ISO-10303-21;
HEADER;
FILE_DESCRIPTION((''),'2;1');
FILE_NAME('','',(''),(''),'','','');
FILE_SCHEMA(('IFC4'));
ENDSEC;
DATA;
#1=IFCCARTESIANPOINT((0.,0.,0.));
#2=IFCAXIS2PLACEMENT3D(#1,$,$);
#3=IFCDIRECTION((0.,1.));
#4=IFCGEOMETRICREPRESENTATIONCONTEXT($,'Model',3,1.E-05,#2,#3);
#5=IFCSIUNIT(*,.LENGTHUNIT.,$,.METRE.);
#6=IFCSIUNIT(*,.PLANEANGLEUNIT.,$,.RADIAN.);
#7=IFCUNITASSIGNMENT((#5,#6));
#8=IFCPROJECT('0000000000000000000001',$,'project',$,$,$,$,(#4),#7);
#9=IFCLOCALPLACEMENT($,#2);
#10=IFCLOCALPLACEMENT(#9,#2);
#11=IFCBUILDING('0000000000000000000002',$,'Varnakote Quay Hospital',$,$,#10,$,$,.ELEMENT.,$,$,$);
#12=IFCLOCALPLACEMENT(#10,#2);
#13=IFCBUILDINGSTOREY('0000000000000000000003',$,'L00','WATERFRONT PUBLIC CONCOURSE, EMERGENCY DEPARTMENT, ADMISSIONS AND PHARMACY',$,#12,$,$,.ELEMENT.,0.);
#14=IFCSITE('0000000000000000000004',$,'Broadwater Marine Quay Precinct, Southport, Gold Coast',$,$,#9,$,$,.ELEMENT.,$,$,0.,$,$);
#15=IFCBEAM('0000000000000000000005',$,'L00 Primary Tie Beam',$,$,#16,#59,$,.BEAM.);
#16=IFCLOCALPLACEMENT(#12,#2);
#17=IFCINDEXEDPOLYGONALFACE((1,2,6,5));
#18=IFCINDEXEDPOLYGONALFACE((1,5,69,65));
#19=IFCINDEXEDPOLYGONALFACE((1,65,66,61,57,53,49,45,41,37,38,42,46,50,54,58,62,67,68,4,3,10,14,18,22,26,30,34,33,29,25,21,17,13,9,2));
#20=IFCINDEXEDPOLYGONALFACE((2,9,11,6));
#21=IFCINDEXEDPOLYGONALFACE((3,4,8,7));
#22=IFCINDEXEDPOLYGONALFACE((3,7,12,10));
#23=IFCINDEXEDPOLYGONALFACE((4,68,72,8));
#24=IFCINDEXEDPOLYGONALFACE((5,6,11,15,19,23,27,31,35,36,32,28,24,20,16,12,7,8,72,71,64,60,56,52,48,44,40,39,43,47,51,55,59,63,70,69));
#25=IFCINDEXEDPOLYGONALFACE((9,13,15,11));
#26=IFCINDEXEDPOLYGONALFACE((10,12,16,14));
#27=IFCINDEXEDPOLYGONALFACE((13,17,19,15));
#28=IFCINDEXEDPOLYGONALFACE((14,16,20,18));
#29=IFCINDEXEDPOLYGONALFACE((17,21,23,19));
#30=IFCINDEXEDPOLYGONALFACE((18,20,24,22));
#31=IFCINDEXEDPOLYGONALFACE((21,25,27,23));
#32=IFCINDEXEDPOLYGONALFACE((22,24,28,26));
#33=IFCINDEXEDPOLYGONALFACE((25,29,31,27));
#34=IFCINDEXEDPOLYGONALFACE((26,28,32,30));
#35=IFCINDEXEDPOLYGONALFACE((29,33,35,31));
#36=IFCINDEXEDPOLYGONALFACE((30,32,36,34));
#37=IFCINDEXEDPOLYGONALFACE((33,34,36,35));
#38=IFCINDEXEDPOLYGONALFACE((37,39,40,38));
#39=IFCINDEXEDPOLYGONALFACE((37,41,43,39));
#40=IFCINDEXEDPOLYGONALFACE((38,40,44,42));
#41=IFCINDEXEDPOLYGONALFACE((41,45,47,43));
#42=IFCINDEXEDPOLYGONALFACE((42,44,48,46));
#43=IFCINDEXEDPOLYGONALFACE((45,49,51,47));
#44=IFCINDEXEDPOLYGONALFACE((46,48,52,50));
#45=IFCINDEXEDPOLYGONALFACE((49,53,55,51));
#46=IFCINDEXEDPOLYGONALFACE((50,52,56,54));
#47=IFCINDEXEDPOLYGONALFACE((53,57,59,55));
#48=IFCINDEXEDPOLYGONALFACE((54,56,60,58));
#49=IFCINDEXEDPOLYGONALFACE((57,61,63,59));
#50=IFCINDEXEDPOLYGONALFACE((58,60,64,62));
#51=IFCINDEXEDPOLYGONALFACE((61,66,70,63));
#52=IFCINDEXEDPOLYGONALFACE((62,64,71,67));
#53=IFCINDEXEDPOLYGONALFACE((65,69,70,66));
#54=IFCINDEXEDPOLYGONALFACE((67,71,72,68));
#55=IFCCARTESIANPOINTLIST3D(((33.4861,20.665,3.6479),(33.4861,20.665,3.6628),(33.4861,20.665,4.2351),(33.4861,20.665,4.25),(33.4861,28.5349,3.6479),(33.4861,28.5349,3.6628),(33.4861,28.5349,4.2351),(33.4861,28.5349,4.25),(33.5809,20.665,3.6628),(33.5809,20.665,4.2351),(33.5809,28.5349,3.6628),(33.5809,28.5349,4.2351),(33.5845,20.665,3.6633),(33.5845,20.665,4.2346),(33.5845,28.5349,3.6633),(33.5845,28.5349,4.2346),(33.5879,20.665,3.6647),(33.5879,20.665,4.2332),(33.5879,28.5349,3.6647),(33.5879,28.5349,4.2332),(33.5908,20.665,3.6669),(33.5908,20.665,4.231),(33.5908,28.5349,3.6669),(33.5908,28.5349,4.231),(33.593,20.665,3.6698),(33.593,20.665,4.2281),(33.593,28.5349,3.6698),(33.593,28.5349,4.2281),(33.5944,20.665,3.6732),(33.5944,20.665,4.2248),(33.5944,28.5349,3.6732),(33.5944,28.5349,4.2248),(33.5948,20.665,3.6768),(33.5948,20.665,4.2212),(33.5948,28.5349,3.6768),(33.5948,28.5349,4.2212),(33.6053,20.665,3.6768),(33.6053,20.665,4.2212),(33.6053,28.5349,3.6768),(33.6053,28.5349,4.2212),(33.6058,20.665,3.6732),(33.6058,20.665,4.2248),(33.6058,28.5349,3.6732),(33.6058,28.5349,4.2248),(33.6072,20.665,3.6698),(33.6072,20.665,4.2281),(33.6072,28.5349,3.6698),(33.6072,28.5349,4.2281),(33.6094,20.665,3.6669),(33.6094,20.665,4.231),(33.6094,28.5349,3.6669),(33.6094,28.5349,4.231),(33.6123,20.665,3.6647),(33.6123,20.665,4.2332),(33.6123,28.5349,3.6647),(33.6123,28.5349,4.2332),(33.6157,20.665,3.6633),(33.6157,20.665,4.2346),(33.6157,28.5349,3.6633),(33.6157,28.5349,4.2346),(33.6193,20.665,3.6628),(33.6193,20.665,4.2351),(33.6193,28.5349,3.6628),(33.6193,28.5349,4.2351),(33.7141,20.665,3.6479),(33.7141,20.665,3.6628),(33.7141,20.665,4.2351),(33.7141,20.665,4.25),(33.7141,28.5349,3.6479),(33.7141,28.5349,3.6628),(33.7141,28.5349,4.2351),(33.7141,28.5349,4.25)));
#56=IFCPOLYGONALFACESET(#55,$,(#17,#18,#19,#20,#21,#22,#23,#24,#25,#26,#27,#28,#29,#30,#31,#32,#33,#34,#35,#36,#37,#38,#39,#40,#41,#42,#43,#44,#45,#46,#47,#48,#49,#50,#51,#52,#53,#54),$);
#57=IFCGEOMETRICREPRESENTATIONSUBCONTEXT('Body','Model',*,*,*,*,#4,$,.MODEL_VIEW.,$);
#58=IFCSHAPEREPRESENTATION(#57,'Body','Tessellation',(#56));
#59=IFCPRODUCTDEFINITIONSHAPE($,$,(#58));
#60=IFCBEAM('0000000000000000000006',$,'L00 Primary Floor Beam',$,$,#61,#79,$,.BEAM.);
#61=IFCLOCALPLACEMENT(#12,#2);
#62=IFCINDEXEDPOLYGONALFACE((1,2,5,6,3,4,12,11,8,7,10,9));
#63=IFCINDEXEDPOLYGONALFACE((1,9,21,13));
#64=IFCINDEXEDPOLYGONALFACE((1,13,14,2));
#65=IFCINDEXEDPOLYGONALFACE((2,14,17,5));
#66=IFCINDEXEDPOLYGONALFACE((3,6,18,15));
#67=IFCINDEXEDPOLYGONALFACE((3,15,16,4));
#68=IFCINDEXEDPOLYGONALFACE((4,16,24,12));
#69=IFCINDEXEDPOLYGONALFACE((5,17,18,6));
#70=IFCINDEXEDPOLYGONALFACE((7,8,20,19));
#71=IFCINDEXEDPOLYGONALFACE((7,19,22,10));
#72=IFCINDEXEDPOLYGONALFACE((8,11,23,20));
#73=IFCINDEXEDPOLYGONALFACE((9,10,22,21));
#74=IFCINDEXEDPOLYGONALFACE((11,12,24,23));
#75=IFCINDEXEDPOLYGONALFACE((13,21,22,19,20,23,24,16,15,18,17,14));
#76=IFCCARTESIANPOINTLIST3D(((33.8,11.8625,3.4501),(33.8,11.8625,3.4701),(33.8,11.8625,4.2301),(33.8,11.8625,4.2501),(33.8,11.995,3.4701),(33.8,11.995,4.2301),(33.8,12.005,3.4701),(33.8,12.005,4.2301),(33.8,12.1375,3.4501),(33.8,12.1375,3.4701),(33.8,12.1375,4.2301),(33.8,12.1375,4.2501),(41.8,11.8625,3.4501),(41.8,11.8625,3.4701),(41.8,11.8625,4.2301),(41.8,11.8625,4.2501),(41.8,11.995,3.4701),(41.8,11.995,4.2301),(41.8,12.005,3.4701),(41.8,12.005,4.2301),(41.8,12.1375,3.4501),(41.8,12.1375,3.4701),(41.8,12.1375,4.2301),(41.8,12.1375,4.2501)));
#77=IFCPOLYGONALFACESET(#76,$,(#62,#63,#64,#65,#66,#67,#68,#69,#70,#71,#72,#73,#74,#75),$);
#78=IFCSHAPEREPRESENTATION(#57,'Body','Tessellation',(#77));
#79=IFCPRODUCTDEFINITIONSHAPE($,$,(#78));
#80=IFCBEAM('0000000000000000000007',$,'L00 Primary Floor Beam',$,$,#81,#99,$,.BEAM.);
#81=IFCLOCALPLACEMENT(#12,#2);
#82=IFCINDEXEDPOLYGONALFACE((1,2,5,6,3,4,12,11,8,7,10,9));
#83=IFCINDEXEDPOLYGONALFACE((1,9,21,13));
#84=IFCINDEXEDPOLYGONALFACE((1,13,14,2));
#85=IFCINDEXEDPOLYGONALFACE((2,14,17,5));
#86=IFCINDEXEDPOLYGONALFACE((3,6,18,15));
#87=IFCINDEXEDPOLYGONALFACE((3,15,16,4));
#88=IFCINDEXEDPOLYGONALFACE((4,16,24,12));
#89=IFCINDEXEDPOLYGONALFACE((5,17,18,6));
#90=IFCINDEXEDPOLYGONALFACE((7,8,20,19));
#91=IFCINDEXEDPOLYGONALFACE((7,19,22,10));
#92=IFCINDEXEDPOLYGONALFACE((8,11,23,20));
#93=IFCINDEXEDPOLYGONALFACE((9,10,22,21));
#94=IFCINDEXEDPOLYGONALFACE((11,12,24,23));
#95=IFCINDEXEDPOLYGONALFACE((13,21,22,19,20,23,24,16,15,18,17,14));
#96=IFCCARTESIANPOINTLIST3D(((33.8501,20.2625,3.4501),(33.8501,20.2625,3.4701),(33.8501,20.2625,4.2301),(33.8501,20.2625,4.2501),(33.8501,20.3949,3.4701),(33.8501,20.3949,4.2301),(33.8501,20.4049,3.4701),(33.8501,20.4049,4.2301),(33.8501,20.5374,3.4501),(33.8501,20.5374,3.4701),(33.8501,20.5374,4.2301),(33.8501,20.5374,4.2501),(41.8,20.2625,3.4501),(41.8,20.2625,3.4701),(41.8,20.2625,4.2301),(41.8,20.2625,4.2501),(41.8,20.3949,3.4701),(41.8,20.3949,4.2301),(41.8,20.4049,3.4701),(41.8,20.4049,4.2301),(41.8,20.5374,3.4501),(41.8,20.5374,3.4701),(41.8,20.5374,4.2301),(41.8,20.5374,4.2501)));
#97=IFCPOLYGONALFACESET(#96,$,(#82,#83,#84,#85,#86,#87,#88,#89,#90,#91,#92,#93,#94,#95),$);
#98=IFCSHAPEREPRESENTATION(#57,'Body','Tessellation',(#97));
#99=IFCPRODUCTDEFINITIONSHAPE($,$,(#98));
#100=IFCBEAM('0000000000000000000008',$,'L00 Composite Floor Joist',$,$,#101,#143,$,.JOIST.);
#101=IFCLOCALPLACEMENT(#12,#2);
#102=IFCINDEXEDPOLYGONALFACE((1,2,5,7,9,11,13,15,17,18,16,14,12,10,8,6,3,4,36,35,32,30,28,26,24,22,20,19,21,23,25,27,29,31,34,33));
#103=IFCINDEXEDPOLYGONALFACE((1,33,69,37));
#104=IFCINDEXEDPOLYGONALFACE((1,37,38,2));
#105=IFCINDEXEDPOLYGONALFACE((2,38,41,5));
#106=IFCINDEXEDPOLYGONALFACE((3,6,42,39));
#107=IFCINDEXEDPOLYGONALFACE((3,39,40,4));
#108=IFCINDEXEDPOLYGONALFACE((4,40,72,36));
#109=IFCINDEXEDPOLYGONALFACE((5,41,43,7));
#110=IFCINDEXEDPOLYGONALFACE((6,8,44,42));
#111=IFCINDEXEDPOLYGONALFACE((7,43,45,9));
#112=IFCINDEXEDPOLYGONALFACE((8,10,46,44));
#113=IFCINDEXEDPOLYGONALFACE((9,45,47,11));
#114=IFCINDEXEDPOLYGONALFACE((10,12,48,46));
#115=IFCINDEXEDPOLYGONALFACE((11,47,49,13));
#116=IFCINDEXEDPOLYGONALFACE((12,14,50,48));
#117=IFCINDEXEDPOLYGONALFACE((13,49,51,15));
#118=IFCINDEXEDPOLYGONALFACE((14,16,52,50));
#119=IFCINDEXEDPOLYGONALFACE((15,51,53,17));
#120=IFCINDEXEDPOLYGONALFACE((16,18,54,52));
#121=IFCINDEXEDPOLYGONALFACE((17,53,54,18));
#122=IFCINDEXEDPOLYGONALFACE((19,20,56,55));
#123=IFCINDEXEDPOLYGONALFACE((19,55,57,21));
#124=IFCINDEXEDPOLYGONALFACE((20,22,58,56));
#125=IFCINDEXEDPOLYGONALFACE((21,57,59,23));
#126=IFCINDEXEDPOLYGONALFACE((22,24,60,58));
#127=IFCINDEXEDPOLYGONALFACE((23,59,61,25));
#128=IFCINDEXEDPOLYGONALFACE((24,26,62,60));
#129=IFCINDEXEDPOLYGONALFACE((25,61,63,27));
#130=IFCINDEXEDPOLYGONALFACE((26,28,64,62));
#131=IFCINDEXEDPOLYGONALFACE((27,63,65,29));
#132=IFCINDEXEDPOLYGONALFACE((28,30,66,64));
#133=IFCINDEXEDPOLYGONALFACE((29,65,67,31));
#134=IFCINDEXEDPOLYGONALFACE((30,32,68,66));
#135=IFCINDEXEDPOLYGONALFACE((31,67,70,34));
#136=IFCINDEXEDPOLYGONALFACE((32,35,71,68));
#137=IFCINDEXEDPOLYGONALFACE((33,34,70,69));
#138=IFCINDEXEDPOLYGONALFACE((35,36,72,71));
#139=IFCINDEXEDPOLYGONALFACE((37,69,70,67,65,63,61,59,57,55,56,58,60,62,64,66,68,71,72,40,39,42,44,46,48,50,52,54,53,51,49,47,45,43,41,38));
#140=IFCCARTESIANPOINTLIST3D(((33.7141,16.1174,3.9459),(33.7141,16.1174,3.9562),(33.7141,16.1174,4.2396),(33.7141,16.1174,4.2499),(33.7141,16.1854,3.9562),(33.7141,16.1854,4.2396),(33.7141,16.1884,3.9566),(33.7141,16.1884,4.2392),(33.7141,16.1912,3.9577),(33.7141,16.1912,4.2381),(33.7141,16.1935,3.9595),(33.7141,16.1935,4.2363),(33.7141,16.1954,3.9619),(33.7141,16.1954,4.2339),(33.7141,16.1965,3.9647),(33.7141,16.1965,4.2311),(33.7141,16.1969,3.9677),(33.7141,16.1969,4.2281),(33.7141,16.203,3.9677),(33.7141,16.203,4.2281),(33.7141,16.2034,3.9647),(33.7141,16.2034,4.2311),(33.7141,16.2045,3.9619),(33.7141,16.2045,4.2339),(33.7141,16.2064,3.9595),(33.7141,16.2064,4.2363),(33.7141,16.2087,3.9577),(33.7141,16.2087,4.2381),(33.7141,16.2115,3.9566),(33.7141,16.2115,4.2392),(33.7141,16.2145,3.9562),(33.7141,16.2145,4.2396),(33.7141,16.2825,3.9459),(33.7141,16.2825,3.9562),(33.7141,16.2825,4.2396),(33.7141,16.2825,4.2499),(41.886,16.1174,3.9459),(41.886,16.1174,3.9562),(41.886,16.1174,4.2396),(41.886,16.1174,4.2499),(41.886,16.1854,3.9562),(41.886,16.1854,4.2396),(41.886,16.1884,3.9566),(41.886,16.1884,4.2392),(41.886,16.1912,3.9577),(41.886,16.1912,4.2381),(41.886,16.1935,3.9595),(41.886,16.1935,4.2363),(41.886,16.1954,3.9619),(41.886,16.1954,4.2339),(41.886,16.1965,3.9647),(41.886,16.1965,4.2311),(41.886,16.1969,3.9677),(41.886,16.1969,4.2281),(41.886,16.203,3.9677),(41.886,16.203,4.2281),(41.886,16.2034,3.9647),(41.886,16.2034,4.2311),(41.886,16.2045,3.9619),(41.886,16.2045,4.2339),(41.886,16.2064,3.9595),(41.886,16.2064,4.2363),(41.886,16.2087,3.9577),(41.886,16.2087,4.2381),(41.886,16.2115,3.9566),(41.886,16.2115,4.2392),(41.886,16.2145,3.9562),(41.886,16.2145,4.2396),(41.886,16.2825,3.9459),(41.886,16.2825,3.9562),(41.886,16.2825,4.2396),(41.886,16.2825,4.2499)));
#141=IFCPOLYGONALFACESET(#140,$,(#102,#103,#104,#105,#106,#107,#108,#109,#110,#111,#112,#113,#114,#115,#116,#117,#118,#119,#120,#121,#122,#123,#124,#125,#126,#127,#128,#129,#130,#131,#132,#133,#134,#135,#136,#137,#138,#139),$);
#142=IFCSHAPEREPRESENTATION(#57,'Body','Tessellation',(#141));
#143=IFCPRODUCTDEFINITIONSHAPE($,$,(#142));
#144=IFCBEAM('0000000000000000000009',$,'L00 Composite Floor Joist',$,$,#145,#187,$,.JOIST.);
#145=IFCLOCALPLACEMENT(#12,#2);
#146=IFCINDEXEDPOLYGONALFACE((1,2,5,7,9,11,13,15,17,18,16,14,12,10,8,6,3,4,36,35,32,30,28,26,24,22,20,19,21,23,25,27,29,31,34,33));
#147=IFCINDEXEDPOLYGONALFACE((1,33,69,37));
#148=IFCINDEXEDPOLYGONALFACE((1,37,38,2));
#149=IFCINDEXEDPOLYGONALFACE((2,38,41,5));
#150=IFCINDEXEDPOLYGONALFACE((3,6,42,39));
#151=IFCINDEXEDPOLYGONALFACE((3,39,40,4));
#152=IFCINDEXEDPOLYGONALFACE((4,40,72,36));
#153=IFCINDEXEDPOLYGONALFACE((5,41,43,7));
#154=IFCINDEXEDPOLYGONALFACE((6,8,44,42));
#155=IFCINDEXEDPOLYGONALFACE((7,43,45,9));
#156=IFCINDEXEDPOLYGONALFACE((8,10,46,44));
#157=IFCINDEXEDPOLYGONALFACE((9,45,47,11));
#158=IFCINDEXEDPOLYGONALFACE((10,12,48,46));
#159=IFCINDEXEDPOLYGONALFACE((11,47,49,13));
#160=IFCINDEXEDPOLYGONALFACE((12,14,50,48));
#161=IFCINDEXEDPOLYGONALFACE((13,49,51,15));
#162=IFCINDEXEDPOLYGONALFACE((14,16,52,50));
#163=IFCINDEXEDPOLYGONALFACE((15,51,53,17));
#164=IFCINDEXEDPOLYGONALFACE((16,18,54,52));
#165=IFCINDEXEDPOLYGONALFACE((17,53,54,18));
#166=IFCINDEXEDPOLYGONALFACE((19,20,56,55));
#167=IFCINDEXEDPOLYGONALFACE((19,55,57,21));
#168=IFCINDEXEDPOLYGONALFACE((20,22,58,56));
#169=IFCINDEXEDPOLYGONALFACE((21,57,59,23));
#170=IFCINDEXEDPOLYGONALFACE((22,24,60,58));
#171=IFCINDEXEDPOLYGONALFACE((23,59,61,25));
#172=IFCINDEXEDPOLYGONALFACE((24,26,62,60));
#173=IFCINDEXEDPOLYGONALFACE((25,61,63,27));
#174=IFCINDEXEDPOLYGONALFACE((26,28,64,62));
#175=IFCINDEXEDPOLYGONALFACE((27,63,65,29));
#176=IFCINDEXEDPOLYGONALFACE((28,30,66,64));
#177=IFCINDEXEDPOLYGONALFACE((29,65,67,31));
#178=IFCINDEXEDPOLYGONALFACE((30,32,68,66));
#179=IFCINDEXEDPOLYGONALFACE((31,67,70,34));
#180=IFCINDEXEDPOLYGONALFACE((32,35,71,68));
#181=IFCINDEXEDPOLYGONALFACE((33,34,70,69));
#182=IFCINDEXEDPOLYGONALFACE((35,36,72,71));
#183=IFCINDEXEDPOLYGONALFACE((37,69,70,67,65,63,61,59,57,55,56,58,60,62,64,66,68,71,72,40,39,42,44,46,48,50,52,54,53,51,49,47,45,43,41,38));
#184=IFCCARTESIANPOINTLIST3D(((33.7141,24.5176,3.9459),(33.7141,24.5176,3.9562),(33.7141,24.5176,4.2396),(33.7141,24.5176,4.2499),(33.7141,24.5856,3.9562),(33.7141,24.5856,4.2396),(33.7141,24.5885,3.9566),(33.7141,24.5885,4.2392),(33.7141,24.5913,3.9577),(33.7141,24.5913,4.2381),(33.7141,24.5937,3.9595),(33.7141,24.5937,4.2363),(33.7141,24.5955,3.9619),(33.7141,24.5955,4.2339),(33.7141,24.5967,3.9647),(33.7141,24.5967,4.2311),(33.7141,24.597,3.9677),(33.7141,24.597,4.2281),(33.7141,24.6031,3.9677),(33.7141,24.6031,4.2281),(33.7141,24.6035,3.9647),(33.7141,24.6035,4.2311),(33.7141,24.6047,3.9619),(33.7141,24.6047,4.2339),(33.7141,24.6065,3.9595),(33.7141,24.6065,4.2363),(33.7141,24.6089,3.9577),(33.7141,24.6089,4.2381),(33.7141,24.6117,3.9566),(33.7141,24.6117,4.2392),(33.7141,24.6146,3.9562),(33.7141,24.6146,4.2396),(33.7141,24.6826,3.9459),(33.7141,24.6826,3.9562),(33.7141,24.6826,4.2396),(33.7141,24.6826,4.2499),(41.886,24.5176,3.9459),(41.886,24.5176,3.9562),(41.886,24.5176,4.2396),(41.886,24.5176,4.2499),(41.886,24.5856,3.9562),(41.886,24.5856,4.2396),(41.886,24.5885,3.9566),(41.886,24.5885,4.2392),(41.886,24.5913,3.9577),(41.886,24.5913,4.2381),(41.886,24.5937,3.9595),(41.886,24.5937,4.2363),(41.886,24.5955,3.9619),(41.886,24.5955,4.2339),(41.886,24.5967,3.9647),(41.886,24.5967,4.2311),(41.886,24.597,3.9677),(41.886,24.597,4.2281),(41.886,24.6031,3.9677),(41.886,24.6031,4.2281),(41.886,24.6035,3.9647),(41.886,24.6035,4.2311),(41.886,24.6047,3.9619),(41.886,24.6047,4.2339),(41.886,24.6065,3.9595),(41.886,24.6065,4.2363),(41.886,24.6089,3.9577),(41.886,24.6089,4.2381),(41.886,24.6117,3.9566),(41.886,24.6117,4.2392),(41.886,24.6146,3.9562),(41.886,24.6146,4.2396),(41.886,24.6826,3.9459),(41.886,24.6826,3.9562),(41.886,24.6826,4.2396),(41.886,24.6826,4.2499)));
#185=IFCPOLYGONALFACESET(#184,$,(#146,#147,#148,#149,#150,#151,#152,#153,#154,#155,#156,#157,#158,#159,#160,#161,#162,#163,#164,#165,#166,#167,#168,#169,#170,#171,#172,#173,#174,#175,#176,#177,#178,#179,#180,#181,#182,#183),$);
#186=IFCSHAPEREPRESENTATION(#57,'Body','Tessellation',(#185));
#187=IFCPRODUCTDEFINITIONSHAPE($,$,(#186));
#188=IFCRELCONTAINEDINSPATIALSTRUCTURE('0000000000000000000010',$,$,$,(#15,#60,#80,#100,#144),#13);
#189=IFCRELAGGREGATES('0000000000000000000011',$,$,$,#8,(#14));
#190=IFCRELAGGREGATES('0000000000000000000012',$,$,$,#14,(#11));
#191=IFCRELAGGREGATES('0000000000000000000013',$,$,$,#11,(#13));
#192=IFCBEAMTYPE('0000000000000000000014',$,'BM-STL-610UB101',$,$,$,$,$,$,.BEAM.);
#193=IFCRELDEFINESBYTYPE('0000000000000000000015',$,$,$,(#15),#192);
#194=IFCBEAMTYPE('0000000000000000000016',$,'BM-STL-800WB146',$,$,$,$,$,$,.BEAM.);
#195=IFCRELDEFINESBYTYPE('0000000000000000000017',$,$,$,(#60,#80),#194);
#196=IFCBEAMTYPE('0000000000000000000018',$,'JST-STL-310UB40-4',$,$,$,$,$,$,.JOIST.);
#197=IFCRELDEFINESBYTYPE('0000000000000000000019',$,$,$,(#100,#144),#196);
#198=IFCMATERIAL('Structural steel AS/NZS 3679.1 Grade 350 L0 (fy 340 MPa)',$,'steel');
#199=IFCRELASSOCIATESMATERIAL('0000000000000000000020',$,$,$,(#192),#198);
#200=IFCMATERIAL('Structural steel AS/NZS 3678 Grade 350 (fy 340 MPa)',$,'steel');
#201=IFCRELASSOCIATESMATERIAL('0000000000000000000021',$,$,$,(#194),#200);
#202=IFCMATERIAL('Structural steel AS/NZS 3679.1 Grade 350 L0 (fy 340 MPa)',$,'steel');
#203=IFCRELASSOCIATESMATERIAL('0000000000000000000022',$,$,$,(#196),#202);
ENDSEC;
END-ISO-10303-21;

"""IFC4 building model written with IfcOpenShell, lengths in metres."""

from ifc_helpers import new_model, si_unit, direction, frame, origin, origin_2d, place, context, subcontext, project, spatial, i_section, extrude, material, material_profile, profile_set, type_object, element, save


model = new_model("IFC4")

# Units and contexts
model_context = context("Model", 3, precision=1e-05, world=origin(), true_north=direction((0.0, 1.0)))
body_context = subcontext(model_context, "Body", "Model", "MODEL_VIEW")
ifc_project = project(units=[si_unit("LENGTHUNIT", "METRE"), si_unit("PLANEANGLEUNIT", "RADIAN")], contexts=[model_context])

# Site, building, storey
site_placement = place(None, origin())
site = spatial("IfcSite", under=ifc_project, at=site_placement, Name="Broadwater Marine Quay Precinct, Southport, Gold Coast", CompositionType="ELEMENT", RefElevation=0.0)
building_placement = place(site_placement, origin())
building = spatial("IfcBuilding", under=site, at=building_placement, Name="Varnakote Quay Hospital", CompositionType="ELEMENT")
storey_placement = place(building_placement, origin())
storey = spatial("IfcBuildingStorey", under=building, at=storey_placement, Name="L00", Description="WATERFRONT PUBLIC CONCOURSE, EMERGENCY DEPARTMENT, ADMISSIONS AND PHARMACY", CompositionType="ELEMENT", Elevation=0.0)

# Beams
ifc_material_1 = material(Name="Structural steel AS/NZS 3679.1 Grade 350 L0 (fy 340 MPa)", Category="steel")
ifc_material_profile_1 = material_profile(ifc_material_1, i_section(OverallWidth=0.228, OverallDepth=0.6021, WebThickness=0.0105, FlangeThickness=0.0149, FilletRadius=0.0139, at=origin_2d()), Name="610UB101")
ifc_profile_set_1 = profile_set([ifc_material_profile_1], Name="Structural steel AS/NZS 3679.1 Grade 350 L0 (fy 340 MPa)")
beam_type_1 = type_object("IfcBeamType", Name="BM-STL-610UB101", PredefinedType="BEAM", material=ifc_profile_set_1)
beam_1_placement = place(storey_placement, frame((33.6001, 20.665, 3.949), z_axis=(0.0, 1.0, 0.0), x_axis=(-1.0, 0.0, 0.0)))
element("IfcBeam", 1, at=beam_1_placement, inside=storey, type_object=beam_type_1, Name="L00 Primary Tie Beam", PredefinedType="BEAM", context=body_context, shape_type="SweptSolid", body=[
    extrude(i_section(OverallWidth=0.228, OverallDepth=0.6021, WebThickness=0.0105, FlangeThickness=0.0149, FilletRadius=0.0139, at=origin_2d()), origin(), (0.0, 0.0, 1.0), 7.8699),
])
ifc_material_2 = material(Name="Structural steel AS/NZS 3678 Grade 350 (fy 340 MPa)", Category="steel")
ifc_material_profile_2 = material_profile(ifc_material_2, i_section(OverallWidth=0.2749, OverallDepth=0.8, WebThickness=0.01, FlangeThickness=0.02, at=origin_2d()), Name="800WB146")
ifc_profile_set_2 = profile_set([ifc_material_profile_2], Name="Structural steel AS/NZS 3678 Grade 350 (fy 340 MPa)")
beam_type_2 = type_object("IfcBeamType", Name="BM-STL-800WB146", PredefinedType="BEAM", material=ifc_profile_set_2)
beam_2_placement = place(storey_placement, frame((33.8, 12.0, 3.8501), z_axis=(1.0, 0.0, 0.0), x_axis=(0.0, 1.0, 0.0)))
element("IfcBeam", 2, at=beam_2_placement, inside=storey, type_object=beam_type_2, Name="L00 Primary Floor Beam", PredefinedType="BEAM", context=body_context, shape_type="SweptSolid", body=[
    extrude(i_section(OverallWidth=0.2749, OverallDepth=0.8, WebThickness=0.01, FlangeThickness=0.02, at=origin_2d()), origin(), (0.0, 0.0, 1.0), 8.0),
])
beam_3_placement = place(storey_placement, frame((33.8501, 20.3999, 3.8501), z_axis=(1.0, 0.0, 0.0), x_axis=(0.0, 1.0, 0.0)))
element("IfcBeam", 3, at=beam_3_placement, inside=storey, type_object=beam_type_2, Name="L00 Primary Floor Beam", PredefinedType="BEAM", context=body_context, shape_type="SweptSolid", body=[
    extrude(i_section(OverallWidth=0.2749, OverallDepth=0.8, WebThickness=0.01, FlangeThickness=0.02, at=origin_2d()), origin(), (0.0, 0.0, 1.0), 7.95),
])
ifc_material_3 = material(Name="Structural steel AS/NZS 3679.1 Grade 350 L0 (fy 340 MPa)", Category="steel")
ifc_material_profile_3 = material_profile(ifc_material_3, i_section(OverallWidth=0.165, OverallDepth=0.304, WebThickness=0.0061, FlangeThickness=0.0103, FilletRadius=0.0115, at=origin_2d()), Name="310UB40.4")
ifc_profile_set_3 = profile_set([ifc_material_profile_3], Name="Structural steel AS/NZS 3679.1 Grade 350 L0 (fy 340 MPa)")
beam_type_3 = type_object("IfcBeamType", Name="JST-STL-310UB40-4", PredefinedType="JOIST", material=ifc_profile_set_3)
for number, where, z_axis, x_axis, name in (
    (4, (33.7141, 16.2, 4.0979), (1.0, 0.0, 0.0), (0.0, 1.0, 0.0), "L00 Composite Floor Joist"),
    (5, (33.7141, 24.6001, 4.0979), (1.0, 0.0, 0.0), (0.0, 1.0, 0.0), "L00 Composite Floor Joist"),
):
    element("IfcBeam", number, at=place(storey_placement, frame(where, z_axis=z_axis, x_axis=x_axis)), inside=storey, type_object=beam_type_3, Name=name, PredefinedType="JOIST", context=body_context, shape_type="SweptSolid", body=[
        extrude(i_section(OverallWidth=0.165, OverallDepth=0.304, WebThickness=0.0061, FlangeThickness=0.0103, FilletRadius=0.0115, at=origin_2d()), origin(), (0.0, 0.0, 1.0), 8.1719),
    ])

save(model, "model.ifc")
